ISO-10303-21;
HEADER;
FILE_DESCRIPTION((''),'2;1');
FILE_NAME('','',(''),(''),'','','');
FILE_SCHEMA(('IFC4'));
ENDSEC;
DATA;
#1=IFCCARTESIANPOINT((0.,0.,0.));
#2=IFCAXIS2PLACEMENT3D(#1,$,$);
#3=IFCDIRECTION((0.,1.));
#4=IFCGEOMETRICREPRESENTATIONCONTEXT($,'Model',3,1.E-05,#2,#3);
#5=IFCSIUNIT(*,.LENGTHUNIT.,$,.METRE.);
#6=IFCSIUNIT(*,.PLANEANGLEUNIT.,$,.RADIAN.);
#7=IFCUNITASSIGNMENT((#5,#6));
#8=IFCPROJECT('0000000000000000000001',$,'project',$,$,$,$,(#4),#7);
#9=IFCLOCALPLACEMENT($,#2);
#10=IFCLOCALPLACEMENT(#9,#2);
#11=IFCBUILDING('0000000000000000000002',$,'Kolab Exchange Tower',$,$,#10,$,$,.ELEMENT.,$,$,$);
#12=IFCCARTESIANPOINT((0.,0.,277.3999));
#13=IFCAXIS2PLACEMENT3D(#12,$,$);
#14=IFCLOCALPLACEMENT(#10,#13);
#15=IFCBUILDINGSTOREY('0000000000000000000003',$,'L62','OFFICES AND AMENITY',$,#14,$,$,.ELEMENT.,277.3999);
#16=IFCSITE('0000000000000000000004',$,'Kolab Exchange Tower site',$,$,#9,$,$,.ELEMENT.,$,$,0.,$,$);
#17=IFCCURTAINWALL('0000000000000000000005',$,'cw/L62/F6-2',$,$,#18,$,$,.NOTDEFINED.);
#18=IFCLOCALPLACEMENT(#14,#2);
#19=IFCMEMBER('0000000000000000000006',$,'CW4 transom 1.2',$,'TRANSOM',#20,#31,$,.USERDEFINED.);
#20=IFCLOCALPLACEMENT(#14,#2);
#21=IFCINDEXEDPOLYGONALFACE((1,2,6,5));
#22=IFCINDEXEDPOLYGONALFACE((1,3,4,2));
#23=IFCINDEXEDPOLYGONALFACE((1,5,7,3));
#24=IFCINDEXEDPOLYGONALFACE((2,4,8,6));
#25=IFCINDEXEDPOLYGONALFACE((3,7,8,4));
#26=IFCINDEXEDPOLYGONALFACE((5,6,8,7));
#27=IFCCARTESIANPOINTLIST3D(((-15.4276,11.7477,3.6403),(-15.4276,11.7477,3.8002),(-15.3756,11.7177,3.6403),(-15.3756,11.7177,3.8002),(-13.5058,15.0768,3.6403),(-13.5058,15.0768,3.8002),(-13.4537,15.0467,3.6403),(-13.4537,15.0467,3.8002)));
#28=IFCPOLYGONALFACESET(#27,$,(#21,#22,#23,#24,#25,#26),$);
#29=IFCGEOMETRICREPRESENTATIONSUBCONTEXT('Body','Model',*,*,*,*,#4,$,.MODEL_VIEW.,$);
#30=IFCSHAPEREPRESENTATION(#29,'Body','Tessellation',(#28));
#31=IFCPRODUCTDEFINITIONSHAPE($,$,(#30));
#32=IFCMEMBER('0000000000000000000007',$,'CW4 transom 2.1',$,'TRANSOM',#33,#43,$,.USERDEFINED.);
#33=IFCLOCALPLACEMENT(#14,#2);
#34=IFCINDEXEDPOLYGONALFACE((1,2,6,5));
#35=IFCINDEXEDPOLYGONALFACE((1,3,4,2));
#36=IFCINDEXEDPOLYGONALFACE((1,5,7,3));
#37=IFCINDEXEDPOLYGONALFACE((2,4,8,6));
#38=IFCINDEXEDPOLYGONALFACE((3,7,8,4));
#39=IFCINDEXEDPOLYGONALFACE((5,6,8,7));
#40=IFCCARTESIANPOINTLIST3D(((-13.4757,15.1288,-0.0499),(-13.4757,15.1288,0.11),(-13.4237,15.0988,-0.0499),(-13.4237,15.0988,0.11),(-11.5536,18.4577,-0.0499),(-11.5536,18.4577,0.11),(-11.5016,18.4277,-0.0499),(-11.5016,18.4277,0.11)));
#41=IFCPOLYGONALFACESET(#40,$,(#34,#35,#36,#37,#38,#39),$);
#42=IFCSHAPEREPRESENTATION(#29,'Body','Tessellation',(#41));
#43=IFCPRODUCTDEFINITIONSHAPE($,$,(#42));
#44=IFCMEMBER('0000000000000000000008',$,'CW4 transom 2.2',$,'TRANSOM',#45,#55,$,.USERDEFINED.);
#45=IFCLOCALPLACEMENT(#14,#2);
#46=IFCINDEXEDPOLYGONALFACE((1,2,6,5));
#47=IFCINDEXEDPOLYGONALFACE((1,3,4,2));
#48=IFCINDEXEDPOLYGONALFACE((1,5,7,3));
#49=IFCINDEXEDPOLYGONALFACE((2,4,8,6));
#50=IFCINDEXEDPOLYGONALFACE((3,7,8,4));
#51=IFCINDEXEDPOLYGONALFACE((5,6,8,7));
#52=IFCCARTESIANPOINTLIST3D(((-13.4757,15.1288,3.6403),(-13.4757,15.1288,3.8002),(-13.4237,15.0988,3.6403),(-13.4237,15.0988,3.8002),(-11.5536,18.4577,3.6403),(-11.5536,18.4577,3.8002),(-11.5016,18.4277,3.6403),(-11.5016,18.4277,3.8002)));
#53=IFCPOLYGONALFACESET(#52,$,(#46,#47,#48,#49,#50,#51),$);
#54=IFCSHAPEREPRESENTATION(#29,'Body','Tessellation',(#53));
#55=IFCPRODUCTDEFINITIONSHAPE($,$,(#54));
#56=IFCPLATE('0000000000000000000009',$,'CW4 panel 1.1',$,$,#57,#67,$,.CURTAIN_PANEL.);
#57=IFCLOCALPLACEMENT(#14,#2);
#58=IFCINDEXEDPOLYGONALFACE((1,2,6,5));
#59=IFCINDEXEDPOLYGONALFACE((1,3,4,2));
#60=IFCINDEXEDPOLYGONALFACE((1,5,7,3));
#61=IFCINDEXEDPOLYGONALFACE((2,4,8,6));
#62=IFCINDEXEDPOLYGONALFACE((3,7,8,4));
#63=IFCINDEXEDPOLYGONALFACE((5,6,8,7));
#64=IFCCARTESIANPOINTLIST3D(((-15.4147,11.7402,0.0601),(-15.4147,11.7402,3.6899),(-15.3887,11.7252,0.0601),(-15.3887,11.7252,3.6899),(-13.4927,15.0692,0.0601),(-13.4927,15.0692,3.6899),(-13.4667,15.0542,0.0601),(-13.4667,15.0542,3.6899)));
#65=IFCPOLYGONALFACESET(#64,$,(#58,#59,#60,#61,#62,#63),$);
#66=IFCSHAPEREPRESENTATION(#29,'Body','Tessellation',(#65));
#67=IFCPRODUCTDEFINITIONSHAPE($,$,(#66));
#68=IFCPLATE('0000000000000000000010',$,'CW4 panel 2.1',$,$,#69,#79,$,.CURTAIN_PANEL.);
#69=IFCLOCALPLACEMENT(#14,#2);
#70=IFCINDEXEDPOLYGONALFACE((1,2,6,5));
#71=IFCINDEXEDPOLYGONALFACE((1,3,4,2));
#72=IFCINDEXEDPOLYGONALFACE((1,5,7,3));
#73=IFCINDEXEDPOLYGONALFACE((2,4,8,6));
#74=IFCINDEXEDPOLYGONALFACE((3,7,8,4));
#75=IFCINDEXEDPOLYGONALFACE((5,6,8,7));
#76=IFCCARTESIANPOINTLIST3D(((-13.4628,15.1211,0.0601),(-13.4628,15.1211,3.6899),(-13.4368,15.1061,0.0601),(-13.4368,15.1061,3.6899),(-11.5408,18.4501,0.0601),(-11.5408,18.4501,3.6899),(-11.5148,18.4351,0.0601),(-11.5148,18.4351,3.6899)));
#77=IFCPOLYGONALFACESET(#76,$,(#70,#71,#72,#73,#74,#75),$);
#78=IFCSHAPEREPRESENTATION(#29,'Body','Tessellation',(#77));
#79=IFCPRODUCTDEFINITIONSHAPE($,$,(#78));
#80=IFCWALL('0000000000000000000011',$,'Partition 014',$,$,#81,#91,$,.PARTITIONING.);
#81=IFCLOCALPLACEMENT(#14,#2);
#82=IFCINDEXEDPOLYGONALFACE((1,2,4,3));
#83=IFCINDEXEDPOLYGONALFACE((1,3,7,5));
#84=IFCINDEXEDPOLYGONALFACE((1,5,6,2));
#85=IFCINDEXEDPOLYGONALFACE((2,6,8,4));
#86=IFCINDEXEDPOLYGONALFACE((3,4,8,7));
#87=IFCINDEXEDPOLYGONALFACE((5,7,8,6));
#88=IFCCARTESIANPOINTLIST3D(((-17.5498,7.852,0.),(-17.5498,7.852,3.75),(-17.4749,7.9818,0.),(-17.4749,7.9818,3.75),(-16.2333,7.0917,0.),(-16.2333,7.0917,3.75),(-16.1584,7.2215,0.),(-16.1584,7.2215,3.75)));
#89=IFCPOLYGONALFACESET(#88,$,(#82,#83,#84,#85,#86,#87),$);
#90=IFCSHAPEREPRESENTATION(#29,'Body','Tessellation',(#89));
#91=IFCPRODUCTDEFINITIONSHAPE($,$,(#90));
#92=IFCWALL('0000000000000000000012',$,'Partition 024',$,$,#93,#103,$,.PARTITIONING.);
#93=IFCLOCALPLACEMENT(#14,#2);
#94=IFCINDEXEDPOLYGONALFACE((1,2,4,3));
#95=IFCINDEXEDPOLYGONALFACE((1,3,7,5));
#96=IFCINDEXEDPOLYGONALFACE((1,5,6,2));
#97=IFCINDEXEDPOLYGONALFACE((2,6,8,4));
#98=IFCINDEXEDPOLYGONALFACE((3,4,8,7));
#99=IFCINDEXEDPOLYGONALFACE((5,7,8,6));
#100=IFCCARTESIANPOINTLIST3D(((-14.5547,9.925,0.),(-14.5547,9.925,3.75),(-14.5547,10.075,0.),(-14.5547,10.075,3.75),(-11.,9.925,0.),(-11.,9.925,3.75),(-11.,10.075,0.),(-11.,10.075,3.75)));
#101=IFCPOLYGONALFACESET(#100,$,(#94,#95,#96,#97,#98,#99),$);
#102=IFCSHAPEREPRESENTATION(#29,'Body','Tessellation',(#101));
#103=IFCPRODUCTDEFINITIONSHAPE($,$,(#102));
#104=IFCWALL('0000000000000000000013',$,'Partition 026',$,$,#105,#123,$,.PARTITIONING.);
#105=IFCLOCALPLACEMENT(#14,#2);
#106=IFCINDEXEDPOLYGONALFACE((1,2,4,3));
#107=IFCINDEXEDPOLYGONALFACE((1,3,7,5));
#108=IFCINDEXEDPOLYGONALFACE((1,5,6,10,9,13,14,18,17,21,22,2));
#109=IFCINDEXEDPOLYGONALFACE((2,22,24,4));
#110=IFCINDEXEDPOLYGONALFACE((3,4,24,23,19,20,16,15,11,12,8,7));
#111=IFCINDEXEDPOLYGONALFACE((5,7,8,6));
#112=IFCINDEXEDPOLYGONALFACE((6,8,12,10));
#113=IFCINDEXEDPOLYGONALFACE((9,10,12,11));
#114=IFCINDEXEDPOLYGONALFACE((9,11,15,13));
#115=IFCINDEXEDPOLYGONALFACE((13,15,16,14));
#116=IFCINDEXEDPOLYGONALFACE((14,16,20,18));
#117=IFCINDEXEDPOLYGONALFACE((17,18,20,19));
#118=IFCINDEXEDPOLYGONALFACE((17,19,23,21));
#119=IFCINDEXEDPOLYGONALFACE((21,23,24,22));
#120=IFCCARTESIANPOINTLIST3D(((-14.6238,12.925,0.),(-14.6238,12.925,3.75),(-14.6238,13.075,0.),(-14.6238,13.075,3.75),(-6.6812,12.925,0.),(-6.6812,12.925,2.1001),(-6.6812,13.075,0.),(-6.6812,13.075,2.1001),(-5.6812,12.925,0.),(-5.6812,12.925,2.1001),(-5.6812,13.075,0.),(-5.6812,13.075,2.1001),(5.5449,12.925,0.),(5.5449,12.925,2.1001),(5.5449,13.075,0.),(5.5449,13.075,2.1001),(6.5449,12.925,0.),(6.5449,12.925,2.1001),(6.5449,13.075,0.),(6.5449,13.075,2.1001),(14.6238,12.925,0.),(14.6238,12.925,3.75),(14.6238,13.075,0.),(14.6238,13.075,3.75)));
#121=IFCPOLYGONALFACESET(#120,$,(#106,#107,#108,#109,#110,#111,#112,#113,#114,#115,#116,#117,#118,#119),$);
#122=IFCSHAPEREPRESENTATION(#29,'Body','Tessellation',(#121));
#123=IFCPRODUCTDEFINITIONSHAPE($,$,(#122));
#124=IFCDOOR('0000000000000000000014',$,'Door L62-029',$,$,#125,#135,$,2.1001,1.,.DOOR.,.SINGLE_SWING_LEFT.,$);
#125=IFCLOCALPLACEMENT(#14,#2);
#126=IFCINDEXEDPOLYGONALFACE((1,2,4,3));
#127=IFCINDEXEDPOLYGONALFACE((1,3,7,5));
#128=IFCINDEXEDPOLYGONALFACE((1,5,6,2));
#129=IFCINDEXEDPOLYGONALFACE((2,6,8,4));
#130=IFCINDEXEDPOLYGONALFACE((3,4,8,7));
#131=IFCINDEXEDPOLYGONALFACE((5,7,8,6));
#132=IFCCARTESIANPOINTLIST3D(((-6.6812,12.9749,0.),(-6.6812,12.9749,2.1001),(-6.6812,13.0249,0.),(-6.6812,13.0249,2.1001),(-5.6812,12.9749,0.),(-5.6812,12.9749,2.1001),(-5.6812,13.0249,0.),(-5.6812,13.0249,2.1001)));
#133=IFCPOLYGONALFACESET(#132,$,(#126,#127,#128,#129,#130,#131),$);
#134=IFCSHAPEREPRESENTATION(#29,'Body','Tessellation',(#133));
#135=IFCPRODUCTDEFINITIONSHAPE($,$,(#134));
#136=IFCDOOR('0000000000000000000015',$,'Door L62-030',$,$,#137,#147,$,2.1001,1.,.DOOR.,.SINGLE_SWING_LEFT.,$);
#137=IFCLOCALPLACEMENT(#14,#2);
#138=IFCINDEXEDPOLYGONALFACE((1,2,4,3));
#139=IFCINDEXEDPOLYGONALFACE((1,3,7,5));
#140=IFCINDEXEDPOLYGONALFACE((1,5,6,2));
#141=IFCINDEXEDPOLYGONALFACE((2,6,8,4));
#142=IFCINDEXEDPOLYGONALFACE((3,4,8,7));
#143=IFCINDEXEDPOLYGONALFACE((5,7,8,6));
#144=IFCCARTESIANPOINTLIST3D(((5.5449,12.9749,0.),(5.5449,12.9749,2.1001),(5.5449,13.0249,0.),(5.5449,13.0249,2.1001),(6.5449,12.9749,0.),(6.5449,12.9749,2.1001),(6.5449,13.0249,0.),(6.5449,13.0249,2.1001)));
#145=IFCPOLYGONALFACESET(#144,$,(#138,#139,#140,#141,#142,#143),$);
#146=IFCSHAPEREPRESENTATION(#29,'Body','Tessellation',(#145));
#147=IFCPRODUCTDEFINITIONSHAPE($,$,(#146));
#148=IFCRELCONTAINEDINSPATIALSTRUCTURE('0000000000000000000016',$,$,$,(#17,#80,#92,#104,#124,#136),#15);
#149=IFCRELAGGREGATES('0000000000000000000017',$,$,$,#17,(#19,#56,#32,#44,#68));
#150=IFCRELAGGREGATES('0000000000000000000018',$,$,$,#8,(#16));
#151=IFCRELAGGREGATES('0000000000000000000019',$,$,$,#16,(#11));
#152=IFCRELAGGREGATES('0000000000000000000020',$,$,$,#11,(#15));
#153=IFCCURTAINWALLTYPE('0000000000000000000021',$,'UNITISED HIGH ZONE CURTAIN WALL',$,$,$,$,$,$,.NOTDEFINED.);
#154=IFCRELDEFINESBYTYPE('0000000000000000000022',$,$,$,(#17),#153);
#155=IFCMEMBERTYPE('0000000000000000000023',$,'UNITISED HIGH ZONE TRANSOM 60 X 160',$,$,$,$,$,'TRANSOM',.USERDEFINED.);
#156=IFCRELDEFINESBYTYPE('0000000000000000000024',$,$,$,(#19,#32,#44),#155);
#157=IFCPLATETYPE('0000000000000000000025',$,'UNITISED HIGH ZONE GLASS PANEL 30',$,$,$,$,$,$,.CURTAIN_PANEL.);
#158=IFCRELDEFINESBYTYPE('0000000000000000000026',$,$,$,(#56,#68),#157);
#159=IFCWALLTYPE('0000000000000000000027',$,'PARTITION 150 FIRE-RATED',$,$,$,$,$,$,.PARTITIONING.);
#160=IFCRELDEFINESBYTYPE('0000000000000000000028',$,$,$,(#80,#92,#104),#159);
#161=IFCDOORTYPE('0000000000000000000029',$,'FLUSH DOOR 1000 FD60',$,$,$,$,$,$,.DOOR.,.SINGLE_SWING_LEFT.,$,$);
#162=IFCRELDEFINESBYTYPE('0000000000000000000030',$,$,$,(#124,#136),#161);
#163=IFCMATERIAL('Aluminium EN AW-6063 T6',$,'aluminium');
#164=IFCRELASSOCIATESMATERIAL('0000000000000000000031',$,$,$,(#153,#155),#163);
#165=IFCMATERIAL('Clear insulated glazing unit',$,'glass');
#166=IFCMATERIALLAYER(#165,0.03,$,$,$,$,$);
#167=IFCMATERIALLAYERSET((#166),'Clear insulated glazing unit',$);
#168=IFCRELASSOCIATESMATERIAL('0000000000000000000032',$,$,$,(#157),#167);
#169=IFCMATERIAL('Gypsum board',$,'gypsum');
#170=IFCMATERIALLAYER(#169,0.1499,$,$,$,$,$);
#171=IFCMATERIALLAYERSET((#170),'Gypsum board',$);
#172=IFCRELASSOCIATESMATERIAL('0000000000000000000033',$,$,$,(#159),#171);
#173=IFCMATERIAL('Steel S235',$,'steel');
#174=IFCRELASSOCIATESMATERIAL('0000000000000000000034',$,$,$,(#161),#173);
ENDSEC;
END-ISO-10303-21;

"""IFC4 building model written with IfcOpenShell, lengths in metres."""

from ifc_helpers import new_model, si_unit, direction, frame, frame_2d, origin, origin_2d, place, context, subcontext, project, spatial, rectangle, extrude, material, layer, layer_set, material_profile, profile_set, type_object, element, fill, aggregate, save


model = new_model("IFC4")

# Units and contexts
model_context = context("Model", 3, precision=1e-05, world=origin(), true_north=direction((0.0, 1.0)))
body_context = subcontext(model_context, "Body", "Model", "MODEL_VIEW")
ifc_project = project(units=[si_unit("LENGTHUNIT", "METRE"), si_unit("PLANEANGLEUNIT", "RADIAN")], contexts=[model_context])

# Site, building, storey
site_placement = place(None, origin())
site = spatial("IfcSite", under=ifc_project, at=site_placement, Name="Kolab Exchange Tower site", CompositionType="ELEMENT", RefElevation=0.0)
building_placement = place(site_placement, origin())
building = spatial("IfcBuilding", under=site, at=building_placement, Name="Kolab Exchange Tower", CompositionType="ELEMENT")
storey_placement = place(building_placement, frame((0.0, 0.0, 277.3999)))
storey = spatial("IfcBuildingStorey", under=building, at=storey_placement, Name="L62", Description="OFFICES AND AMENITY", CompositionType="ELEMENT", Elevation=277.3999)

# Curtain wall, members, plates
ifc_material_1 = material(Name="Aluminium EN AW-6063 T6", Category="aluminium")
curtain_wall_type = type_object("IfcCurtainWallType", Name="UNITISED HIGH ZONE CURTAIN WALL", PredefinedType="NOTDEFINED", material=ifc_material_1)
curtain_wall_placement = place(storey_placement, origin())
curtain_wall = element("IfcCurtainWall", 1, at=curtain_wall_placement, inside=storey, type_object=curtain_wall_type, Name="cw/L62/F6-2", PredefinedType="NOTDEFINED")
ifc_material_profile_1 = material_profile(ifc_material_1, rectangle(XDim=0.0601, YDim=0.1599, at=origin_2d()), Name="RECT 60X160")
ifc_profile_set_1 = profile_set([ifc_material_profile_1], Name="Aluminium EN AW-6063 T6")
member_type_1 = type_object("IfcMemberType", Name="UNITISED HIGH ZONE TRANSOM 60 X 160", ElementType="TRANSOM", PredefinedType="USERDEFINED", material=ifc_profile_set_1)
member_1_placement = place(storey_placement, frame((-15.4016, 11.7327, 3.7202), z_axis=(0.499964, 0.866046, 0.0), x_axis=(-0.866046, 0.499964, 0.0)))
member_1 = element("IfcMember", 2, at=member_1_placement, type_object=member_type_1, Name="CW4 transom 1.2", ObjectType="TRANSOM", PredefinedType="USERDEFINED", context=body_context, shape_type="SweptSolid", body=[
    extrude(rectangle(XDim=0.0601, YDim=0.1599, at=origin_2d()), origin(), (0.0, 0.0, 1.0), 3.844),
])
member_2_placement = place(storey_placement, frame((-13.4497, 15.1138, 0.03), z_axis=(0.500039, 0.866003, 0.0), x_axis=(-0.866003, 0.500039, 0.0)))
member_2 = element("IfcMember", 3, at=member_2_placement, type_object=member_type_1, Name="CW4 transom 2.1", ObjectType="TRANSOM", PredefinedType="USERDEFINED", context=body_context, shape_type="SweptSolid", body=[
    extrude(rectangle(XDim=0.0601, YDim=0.1599, at=origin_2d()), origin(), (0.0, 0.0, 1.0), 3.844),
])
member_3_placement = place(storey_placement, frame((-13.4497, 15.1138, 3.7202), z_axis=(0.500039, 0.866003, 0.0), x_axis=(-0.866003, 0.500039, 0.0)))
member_3 = element("IfcMember", 4, at=member_3_placement, type_object=member_type_1, Name="CW4 transom 2.2", ObjectType="TRANSOM", PredefinedType="USERDEFINED", context=body_context, shape_type="SweptSolid", body=[
    extrude(rectangle(XDim=0.0601, YDim=0.1599, at=origin_2d()), origin(), (0.0, 0.0, 1.0), 3.844),
])
ifc_material_2 = material(Name="Clear insulated glazing unit", Category="glass")
ifc_layer_1 = layer(ifc_material_2, 0.03)
ifc_layer_set_1 = layer_set([ifc_layer_1], Name="Clear insulated glazing unit")
plate_type = type_object("IfcPlateType", Name="UNITISED HIGH ZONE GLASS PANEL 30", PredefinedType="CURTAIN_PANEL", material=ifc_layer_set_1)
plate_1_placement = place(storey_placement, frame((-14.4407, 13.3972, 0.0601), z_axis=(0.0, 0.0, 1.0), x_axis=(0.5, 0.866025, 0.0)))
plate_1 = element("IfcPlate", 5, at=plate_1_placement, type_object=plate_type, Name="CW4 panel 1.1", PredefinedType="CURTAIN_PANEL", context=body_context, shape_type="SweptSolid", body=[
    extrude(rectangle(XDim=3.844, YDim=0.03, at=origin_2d()), origin(), (0.0, 0.0, 1.0), 3.6299),
])
plate_2_placement = place(storey_placement, frame((-12.4888, 16.7781, 0.0601), z_axis=(0.0, 0.0, 1.0), x_axis=(0.5, 0.866025, 0.0)))
plate_2 = element("IfcPlate", 6, at=plate_2_placement, type_object=plate_type, Name="CW4 panel 2.1", PredefinedType="CURTAIN_PANEL", context=body_context, shape_type="SweptSolid", body=[
    extrude(rectangle(XDim=3.844, YDim=0.03, at=origin_2d()), origin(), (0.0, 0.0, 1.0), 3.6299),
])
aggregate(curtain_wall, [member_1, plate_1, member_2, member_3, plate_2])

# Walls
ifc_material_3 = material(Name="Gypsum board", Category="gypsum")
ifc_layer_2 = layer(ifc_material_3, 0.1499)
ifc_layer_set_2 = layer_set([ifc_layer_2], Name="Gypsum board")
wall_type_1 = type_object("IfcWallType", Name="PARTITION 150 FIRE-RATED", PredefinedType="PARTITIONING", material=ifc_layer_set_2)
wall_1_placement = place(storey_placement, frame((-17.5125, 7.917, 0.0), z_axis=(0.0, 0.0, 1.0), x_axis=(0.865961, -0.500112, 0.0)))
element("IfcWall", 7, at=wall_1_placement, inside=storey, type_object=wall_type_1, Name="Partition 014", PredefinedType="PARTITIONING", context=body_context, shape_type="SweptSolid", body=[
    extrude(rectangle(XDim=1.5203, YDim=0.1499, at=frame_2d((0.7603, 0.0))), origin(), (0.0, 0.0, 1.0), 3.75),
])
wall_2_placement = place(storey_placement, frame((-14.5547, 10.0, 0.0), z_axis=(0.0, 0.0, 1.0), x_axis=(1.0, 0.0, 0.0)))
element("IfcWall", 8, at=wall_2_placement, inside=storey, type_object=wall_type_1, Name="Partition 024", PredefinedType="PARTITIONING", context=body_context, shape_type="SweptSolid", body=[
    extrude(rectangle(XDim=3.5547, YDim=0.1499, at=frame_2d((1.7773, 0.0))), origin(), (0.0, 0.0, 1.0), 3.75),
])

# Wall, openings, doors
wall_3_placement = place(storey_placement, frame((-14.6238, 13.0, 0.0), z_axis=(0.0, 0.0, 1.0), x_axis=(1.0, 0.0, 0.0)))
wall_3 = element("IfcWall", 9, at=wall_3_placement, inside=storey, type_object=wall_type_1, Name="Partition 026", PredefinedType="PARTITIONING", context=body_context, shape_type="SweptSolid", body=[
    extrude(rectangle(XDim=29.2476, YDim=0.1499, at=frame_2d((14.6238, 0.0))), origin(), (0.0, 0.0, 1.0), 3.75),
])
opening_1_placement = place(wall_3_placement, frame((7.9426, 0.0, 0.0)))
opening_1 = element("IfcOpeningElement", 10, at=opening_1_placement, cuts=wall_3, PredefinedType="OPENING", context=body_context, shape_type="SweptSolid", body=[
    extrude(rectangle(XDim=1.0, YDim=2.1001, at=frame_2d((0.5, 1.05))), frame((0.0, 0.085, 0.0), z_axis=(0.0, -1.0, 0.0), x_axis=(1.0, 0.0, 0.0)), (0.0, 0.0, 1.0), 0.1699),
])
opening_2_placement = place(wall_3_placement, frame((20.1687, 0.0, 0.0)))
opening_2 = element("IfcOpeningElement", 11, at=opening_2_placement, cuts=wall_3, PredefinedType="OPENING", context=body_context, shape_type="SweptSolid", body=[
    extrude(rectangle(XDim=1.0, YDim=2.1001, at=frame_2d((0.5, 1.05))), frame((0.0, 0.085, 0.0), z_axis=(0.0, -1.0, 0.0), x_axis=(1.0, 0.0, 0.0)), (0.0, 0.0, 1.0), 0.1699),
])
ifc_material_4 = material(Name="Steel S235", Category="steel")
door_type_1 = type_object("IfcDoorType", Name="FLUSH DOOR 1000 FD60", OperationType="SINGLE_SWING_LEFT", PredefinedType="DOOR", material=ifc_material_4)
door_1_placement = place(opening_1_placement, origin())
door_1 = element("IfcDoor", 12, at=door_1_placement, inside=storey, type_object=door_type_1, Name="Door L62-029", OperationType="SINGLE_SWING_LEFT", OverallHeight=2.1001, OverallWidth=1.0, PredefinedType="DOOR", context=body_context, shape_type="SweptSolid", body=[
    extrude(rectangle(XDim=1.0, YDim=2.1001, at=frame_2d((0.5, 1.05))), frame((0.0, 0.0249, 0.0), z_axis=(0.0, -1.0, 0.0), x_axis=(1.0, 0.0, 0.0)), (0.0, 0.0, 1.0), 0.05),
])
fill(opening_1, door_1)
door_2_placement = place(opening_2_placement, origin())
door_2 = element("IfcDoor", 13, at=door_2_placement, inside=storey, type_object=door_type_1, Name="Door L62-030", OperationType="SINGLE_SWING_LEFT", OverallHeight=2.1001, OverallWidth=1.0, PredefinedType="DOOR", context=body_context, shape_type="SweptSolid", body=[
    extrude(rectangle(XDim=1.0, YDim=2.1001, at=frame_2d((0.5, 1.05))), frame((0.0, 0.0249, 0.0), z_axis=(0.0, -1.0, 0.0), x_axis=(1.0, 0.0, 0.0)), (0.0, 0.0, 1.0), 0.05),
])
fill(opening_2, door_2)

save(model, "model.ifc")
